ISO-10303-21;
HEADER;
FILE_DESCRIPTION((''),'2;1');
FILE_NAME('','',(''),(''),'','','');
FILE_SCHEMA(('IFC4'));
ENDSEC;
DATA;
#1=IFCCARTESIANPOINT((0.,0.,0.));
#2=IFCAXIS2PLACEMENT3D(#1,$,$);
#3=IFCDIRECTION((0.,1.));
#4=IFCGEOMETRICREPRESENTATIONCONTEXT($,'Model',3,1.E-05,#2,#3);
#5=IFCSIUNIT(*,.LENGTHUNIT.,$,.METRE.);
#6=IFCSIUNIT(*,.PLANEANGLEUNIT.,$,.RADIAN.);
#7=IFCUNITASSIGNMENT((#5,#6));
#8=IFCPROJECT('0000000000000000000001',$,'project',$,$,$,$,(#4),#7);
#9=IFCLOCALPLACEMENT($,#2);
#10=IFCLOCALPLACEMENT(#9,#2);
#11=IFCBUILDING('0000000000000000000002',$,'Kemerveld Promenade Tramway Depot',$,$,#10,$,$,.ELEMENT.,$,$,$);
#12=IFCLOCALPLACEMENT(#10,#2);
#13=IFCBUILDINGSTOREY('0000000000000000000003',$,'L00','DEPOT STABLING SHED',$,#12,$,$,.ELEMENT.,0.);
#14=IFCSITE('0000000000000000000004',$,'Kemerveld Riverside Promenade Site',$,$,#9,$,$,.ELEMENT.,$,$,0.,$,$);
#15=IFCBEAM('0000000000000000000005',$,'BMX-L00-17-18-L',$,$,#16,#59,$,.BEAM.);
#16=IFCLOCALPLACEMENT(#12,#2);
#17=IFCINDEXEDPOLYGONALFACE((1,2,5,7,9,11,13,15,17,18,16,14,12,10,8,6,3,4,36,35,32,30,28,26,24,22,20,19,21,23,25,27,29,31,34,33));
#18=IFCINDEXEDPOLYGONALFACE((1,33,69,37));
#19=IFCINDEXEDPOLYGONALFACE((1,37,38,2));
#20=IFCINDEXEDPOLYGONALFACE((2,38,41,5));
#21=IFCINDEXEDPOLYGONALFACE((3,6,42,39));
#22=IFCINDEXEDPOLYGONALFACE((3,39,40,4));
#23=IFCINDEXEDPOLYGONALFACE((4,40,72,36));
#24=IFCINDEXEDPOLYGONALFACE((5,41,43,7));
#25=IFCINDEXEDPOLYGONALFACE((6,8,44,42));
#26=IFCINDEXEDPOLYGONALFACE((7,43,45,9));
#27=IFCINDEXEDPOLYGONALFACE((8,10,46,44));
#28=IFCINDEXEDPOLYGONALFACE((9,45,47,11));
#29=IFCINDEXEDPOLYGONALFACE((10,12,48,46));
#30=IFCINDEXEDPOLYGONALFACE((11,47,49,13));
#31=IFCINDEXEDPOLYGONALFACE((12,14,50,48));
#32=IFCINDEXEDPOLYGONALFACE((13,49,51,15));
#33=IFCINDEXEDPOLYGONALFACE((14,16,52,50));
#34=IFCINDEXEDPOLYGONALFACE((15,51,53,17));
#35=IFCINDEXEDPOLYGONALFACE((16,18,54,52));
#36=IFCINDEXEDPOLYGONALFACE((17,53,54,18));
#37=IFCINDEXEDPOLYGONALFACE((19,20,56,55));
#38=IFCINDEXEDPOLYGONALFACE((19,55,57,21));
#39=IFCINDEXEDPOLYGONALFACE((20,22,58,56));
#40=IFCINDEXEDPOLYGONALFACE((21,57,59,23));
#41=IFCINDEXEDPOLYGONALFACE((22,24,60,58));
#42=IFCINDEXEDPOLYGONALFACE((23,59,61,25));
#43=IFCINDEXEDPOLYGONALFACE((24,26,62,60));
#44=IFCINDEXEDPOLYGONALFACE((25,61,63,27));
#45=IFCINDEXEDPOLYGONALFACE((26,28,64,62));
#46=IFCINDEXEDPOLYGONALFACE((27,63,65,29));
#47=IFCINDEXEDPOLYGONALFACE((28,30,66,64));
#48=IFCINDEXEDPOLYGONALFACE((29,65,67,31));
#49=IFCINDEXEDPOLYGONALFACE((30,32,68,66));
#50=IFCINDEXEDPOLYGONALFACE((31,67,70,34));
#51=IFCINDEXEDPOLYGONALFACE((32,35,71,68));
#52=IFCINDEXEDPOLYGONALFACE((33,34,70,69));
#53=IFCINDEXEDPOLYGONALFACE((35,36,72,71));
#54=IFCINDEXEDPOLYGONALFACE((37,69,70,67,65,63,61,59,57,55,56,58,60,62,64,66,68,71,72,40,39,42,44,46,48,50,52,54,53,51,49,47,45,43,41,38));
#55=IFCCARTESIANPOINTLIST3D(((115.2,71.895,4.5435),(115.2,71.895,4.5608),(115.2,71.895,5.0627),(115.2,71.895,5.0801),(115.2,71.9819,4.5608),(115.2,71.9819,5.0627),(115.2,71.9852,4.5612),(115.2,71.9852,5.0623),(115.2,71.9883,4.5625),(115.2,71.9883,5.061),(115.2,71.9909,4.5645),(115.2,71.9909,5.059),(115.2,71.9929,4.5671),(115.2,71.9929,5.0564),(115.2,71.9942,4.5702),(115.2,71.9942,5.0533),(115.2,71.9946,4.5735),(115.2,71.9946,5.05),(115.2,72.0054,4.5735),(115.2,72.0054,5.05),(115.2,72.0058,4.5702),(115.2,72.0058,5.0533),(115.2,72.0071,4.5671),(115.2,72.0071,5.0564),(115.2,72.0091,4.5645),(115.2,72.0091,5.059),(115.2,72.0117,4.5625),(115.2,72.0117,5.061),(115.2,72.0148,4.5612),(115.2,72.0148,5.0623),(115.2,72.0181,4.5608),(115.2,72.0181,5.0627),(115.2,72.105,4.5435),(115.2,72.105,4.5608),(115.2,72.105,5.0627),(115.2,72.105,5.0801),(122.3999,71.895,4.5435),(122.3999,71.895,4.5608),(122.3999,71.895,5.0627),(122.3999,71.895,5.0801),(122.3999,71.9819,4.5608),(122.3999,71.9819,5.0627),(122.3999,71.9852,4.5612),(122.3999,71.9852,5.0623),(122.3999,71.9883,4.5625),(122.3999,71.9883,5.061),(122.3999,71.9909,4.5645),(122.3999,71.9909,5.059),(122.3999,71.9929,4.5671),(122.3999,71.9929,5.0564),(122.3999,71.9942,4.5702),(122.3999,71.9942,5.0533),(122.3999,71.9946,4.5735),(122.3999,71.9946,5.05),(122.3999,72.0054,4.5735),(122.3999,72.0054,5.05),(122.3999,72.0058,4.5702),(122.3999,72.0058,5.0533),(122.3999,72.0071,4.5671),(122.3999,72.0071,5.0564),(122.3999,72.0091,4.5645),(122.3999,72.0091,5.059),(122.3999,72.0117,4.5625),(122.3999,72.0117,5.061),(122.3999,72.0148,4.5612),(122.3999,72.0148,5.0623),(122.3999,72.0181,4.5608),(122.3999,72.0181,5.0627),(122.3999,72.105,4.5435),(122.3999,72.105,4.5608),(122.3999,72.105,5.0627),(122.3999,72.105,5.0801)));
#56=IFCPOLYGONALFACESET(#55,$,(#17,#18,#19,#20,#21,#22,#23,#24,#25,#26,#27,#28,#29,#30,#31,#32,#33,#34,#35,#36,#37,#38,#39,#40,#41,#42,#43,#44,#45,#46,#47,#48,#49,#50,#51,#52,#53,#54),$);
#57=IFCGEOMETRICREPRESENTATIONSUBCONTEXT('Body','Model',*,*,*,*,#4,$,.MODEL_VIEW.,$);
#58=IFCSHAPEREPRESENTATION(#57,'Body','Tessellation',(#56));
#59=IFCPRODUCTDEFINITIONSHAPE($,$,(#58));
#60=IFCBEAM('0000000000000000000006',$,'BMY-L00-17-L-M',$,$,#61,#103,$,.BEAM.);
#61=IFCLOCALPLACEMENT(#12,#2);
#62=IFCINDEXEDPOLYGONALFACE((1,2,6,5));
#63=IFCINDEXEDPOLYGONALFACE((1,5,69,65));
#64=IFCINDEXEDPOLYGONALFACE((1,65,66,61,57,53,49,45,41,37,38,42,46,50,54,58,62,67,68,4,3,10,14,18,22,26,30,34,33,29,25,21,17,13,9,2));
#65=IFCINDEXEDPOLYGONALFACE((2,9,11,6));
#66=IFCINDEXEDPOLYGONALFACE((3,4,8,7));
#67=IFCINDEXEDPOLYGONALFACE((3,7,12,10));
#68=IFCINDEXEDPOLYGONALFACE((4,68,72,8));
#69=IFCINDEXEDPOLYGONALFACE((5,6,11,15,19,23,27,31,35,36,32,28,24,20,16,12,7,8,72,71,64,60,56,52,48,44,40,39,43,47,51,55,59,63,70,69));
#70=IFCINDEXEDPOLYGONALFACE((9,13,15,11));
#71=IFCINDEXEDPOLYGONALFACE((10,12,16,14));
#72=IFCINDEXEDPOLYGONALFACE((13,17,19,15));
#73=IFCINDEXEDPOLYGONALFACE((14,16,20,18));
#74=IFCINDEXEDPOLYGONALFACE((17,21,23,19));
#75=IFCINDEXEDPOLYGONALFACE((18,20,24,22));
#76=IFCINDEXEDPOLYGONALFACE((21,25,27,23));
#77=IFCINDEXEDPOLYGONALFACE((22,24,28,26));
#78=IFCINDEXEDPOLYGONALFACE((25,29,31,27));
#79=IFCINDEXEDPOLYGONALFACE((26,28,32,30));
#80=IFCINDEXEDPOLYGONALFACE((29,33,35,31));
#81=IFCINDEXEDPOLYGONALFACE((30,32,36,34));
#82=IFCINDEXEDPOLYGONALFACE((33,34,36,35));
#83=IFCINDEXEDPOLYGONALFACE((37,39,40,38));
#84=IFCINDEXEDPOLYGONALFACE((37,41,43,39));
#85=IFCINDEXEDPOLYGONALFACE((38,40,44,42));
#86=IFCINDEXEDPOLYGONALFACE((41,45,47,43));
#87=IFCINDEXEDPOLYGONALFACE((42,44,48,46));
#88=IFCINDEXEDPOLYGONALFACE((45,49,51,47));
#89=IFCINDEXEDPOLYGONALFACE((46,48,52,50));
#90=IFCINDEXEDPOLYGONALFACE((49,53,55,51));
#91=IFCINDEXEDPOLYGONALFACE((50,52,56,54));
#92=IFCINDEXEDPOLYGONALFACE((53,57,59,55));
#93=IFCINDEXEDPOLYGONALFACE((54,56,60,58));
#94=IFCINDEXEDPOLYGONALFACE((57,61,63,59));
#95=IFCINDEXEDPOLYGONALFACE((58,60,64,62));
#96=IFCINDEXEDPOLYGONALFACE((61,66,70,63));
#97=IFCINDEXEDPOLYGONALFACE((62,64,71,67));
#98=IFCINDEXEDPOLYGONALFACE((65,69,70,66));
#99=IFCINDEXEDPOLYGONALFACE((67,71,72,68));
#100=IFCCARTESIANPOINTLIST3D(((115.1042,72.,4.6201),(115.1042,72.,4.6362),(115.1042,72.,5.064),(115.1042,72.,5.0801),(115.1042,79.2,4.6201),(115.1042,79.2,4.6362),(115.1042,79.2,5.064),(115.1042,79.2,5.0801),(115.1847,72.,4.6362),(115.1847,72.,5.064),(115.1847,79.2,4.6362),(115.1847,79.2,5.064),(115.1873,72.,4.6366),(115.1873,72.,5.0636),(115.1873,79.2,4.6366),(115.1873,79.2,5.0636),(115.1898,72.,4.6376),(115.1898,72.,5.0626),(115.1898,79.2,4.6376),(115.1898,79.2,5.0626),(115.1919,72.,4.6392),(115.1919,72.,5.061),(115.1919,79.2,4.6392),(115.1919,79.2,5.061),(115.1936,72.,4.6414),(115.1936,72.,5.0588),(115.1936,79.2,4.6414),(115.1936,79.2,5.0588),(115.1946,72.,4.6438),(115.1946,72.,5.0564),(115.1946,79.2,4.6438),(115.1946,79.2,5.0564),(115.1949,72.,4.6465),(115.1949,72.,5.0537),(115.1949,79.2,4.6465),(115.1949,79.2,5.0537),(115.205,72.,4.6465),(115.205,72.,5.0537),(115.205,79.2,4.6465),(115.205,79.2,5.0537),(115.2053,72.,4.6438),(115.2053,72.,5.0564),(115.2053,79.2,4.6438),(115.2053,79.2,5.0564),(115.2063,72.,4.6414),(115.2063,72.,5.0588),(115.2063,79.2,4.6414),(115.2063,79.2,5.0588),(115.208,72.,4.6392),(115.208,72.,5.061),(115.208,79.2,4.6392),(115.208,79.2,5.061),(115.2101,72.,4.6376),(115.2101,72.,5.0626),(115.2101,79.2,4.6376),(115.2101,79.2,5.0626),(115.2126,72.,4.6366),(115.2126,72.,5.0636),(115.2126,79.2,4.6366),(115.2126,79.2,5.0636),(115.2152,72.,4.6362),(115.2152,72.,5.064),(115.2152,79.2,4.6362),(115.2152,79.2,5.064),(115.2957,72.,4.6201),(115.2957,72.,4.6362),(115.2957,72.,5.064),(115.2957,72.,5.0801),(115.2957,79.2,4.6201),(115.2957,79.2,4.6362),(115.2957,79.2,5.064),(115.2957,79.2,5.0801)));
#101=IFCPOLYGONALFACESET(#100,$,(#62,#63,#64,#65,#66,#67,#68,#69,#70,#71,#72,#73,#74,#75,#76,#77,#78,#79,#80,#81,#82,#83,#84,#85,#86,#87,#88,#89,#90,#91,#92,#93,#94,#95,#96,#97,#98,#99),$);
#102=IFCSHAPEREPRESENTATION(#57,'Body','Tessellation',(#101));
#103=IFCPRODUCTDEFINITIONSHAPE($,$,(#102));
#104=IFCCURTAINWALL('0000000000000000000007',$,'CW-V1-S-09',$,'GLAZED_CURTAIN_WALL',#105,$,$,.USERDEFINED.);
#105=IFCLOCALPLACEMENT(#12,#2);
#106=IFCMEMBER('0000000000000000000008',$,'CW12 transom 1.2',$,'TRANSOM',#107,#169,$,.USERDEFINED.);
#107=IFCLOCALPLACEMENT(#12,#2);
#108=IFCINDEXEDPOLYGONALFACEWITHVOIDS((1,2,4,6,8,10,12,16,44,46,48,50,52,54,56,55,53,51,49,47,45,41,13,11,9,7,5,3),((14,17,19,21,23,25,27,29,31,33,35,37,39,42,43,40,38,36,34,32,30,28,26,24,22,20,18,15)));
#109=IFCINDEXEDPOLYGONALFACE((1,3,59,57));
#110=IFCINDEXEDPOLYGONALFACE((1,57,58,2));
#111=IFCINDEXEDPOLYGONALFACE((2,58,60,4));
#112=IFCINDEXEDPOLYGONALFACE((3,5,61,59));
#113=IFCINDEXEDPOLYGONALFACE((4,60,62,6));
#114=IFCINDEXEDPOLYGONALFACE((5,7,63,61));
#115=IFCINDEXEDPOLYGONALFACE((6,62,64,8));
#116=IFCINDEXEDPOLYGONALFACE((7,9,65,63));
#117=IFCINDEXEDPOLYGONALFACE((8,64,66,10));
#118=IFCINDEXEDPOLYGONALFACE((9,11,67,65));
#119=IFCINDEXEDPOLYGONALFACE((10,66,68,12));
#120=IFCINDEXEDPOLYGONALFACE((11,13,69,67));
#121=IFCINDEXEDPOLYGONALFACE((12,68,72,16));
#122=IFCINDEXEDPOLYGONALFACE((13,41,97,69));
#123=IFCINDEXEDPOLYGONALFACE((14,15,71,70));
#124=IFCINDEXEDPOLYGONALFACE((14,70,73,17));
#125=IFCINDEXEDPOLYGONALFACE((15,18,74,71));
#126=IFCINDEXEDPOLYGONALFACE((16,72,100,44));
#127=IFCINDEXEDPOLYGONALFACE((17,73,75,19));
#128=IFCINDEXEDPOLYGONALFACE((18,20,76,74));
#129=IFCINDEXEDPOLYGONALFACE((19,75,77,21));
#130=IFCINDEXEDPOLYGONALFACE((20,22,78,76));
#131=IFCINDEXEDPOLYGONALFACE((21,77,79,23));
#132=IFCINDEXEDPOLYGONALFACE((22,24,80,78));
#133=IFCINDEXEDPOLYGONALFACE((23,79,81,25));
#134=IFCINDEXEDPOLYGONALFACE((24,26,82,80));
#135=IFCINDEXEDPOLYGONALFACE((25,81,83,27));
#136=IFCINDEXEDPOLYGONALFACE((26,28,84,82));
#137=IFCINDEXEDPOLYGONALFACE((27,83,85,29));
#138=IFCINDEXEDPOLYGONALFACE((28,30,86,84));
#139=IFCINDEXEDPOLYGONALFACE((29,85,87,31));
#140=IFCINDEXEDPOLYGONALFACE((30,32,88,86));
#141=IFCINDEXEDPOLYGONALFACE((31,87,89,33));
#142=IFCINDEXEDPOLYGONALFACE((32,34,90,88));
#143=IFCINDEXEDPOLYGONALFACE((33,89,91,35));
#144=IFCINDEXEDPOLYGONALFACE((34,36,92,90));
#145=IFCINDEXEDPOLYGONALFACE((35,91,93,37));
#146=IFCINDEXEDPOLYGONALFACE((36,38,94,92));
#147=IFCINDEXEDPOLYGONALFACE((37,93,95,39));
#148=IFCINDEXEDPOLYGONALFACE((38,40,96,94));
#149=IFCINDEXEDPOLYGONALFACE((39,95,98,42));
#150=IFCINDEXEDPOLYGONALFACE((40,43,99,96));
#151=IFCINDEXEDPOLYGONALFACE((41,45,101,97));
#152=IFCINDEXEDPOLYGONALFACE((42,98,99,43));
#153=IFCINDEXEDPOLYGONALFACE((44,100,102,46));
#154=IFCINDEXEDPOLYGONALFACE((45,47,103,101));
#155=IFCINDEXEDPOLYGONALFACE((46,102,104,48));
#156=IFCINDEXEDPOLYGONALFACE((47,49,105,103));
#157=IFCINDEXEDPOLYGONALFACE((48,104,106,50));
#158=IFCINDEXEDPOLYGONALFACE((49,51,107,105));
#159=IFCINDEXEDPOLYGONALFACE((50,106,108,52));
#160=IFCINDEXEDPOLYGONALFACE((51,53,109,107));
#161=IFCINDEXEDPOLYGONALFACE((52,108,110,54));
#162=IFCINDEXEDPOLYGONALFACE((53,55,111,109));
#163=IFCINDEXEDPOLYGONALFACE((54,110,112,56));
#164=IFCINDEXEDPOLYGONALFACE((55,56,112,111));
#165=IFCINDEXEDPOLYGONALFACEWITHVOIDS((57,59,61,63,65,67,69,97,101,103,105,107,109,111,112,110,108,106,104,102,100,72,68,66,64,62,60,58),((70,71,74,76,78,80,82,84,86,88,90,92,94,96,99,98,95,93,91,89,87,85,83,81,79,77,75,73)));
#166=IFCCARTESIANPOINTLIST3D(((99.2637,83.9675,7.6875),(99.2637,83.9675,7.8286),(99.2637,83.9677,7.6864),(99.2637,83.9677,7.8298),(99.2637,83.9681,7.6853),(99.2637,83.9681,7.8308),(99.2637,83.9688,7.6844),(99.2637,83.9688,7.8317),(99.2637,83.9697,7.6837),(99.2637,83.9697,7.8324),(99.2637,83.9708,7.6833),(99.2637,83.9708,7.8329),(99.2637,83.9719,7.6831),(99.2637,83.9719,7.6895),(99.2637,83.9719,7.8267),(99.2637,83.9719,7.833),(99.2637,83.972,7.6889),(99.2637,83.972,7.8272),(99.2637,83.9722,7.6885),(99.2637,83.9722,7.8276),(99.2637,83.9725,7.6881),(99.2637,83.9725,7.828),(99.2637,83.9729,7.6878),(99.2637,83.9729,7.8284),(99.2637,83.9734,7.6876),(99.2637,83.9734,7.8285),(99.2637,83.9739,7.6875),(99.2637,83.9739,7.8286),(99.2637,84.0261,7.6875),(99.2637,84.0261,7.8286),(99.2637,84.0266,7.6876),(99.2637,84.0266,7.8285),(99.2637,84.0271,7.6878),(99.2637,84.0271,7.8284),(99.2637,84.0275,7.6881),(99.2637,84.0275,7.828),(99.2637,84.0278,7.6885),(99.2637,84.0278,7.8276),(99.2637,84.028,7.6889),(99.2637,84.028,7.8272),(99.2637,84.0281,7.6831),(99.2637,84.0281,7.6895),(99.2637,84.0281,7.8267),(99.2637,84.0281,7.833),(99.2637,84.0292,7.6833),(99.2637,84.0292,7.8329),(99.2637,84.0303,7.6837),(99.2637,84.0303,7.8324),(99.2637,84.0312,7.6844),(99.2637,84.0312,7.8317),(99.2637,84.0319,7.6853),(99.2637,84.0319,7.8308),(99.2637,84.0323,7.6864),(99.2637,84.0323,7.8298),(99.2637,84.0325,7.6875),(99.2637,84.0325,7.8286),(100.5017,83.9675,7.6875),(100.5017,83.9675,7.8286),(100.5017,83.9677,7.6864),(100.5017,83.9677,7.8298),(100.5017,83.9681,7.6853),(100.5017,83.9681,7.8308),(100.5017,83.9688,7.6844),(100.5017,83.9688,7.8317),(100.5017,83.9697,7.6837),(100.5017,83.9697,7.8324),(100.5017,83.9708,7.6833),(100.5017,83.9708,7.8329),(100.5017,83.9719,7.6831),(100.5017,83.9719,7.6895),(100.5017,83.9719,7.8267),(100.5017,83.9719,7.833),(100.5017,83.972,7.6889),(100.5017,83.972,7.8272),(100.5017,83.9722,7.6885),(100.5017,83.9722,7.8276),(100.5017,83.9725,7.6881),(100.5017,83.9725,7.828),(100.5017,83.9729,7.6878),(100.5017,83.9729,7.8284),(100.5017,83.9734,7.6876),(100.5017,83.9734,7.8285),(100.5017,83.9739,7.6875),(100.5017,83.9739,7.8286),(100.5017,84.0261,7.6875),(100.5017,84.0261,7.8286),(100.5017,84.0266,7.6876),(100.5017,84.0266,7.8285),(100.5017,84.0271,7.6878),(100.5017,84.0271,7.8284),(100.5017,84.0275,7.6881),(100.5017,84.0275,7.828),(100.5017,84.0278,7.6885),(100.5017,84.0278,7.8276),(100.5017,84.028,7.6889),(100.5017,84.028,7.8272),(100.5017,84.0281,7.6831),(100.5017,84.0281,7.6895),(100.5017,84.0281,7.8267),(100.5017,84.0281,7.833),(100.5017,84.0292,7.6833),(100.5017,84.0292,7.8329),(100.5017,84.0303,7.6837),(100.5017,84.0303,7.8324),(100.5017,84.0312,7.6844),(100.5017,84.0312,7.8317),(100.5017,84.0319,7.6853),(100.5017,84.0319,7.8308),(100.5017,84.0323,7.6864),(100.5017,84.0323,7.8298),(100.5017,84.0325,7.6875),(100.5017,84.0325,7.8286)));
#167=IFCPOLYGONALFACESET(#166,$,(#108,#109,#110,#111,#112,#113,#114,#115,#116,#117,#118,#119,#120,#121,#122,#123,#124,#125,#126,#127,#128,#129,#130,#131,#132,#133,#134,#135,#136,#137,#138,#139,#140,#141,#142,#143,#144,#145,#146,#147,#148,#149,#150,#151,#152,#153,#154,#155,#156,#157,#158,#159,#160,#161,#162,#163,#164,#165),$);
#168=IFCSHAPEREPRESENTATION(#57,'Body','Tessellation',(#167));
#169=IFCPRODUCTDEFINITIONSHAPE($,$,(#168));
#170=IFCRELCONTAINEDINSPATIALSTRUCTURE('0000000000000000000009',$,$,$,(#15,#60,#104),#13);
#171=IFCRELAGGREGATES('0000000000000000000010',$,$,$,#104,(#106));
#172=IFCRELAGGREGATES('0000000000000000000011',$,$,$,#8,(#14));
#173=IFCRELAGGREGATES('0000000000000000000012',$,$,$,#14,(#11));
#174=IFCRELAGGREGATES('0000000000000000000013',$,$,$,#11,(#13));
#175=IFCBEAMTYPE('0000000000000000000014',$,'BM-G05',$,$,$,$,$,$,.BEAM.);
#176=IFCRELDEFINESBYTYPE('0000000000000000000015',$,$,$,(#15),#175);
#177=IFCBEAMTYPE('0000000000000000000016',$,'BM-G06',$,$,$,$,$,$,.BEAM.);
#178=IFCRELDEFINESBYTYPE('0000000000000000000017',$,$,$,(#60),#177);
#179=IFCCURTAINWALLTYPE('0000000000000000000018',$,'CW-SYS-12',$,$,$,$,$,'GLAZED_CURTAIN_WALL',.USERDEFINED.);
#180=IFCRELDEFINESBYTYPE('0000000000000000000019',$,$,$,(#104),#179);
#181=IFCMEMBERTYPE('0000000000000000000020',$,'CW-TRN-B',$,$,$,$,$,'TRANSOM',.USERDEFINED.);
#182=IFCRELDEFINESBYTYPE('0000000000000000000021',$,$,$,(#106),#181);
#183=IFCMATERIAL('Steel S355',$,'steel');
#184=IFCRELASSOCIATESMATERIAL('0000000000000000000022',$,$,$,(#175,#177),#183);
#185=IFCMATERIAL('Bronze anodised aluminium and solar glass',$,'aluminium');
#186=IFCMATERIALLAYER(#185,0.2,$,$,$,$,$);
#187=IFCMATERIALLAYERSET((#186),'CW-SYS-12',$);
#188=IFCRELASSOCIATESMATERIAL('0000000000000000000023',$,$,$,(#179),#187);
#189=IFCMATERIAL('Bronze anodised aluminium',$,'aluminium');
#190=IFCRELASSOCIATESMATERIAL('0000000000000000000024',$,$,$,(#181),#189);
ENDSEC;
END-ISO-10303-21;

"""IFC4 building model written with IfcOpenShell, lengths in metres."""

from ifc_helpers import new_model, si_unit, direction, frame, origin, origin_2d, place, context, subcontext, project, spatial, hollow_rectangle, i_section, extrude, material, layer, layer_set, material_profile, profile_set, type_object, element, aggregate, save


model = new_model("IFC4")

# Units and contexts
model_context = context("Model", 3, precision=1e-05, world=origin(), true_north=direction((0.0, 1.0)))
body_context = subcontext(model_context, "Body", "Model", "MODEL_VIEW")
ifc_project = project(units=[si_unit("LENGTHUNIT", "METRE"), si_unit("PLANEANGLEUNIT", "RADIAN")], contexts=[model_context])

# Site, building, storey
site_placement = place(None, origin())
site = spatial("IfcSite", under=ifc_project, at=site_placement, Name="Kemerveld Riverside Promenade Site", CompositionType="ELEMENT", RefElevation=0.0)
building_placement = place(site_placement, origin())
building = spatial("IfcBuilding", under=site, at=building_placement, Name="Kemerveld Promenade Tramway Depot", CompositionType="ELEMENT")
storey_placement = place(building_placement, origin())
storey = spatial("IfcBuildingStorey", under=building, at=storey_placement, Name="L00", Description="DEPOT STABLING SHED", CompositionType="ELEMENT", Elevation=0.0)

# Beams
ifc_material_1 = material(Name="Steel S355", Category="steel")
ifc_material_profile_1 = material_profile(ifc_material_1, i_section(OverallWidth=0.21, OverallDepth=0.5366, WebThickness=0.0107, FlangeThickness=0.0173, FilletRadius=0.0127, at=origin_2d()), Name="533x210x101 UB")
ifc_profile_set_1 = profile_set([ifc_material_profile_1], Name="Steel S355")
beam_type_1 = type_object("IfcBeamType", Name="BM-G05", PredefinedType="BEAM", material=ifc_profile_set_1)
beam_1_placement = place(storey_placement, frame((115.2, 72.0, 4.8118), z_axis=(1.0, 0.0, 0.0), x_axis=(0.0, 1.0, 0.0)))
element("IfcBeam", 1, at=beam_1_placement, inside=storey, type_object=beam_type_1, Name="BMX-L00-17-18-L", PredefinedType="BEAM", context=body_context, shape_type="SweptSolid", body=[
    extrude(i_section(OverallWidth=0.21, OverallDepth=0.5366, WebThickness=0.0107, FlangeThickness=0.0173, FilletRadius=0.0127, at=origin_2d()), origin(), (0.0, 0.0, 1.0), 7.2),
])
ifc_material_profile_2 = material_profile(ifc_material_1, i_section(OverallWidth=0.1914, OverallDepth=0.46, WebThickness=0.01, FlangeThickness=0.0161, FilletRadius=0.0103, at=origin_2d()), Name="457x191x82 UB")
ifc_profile_set_2 = profile_set([ifc_material_profile_2], Name="Steel S355")
beam_type_2 = type_object("IfcBeamType", Name="BM-G06", PredefinedType="BEAM", material=ifc_profile_set_2)
beam_2_placement = place(storey_placement, frame((115.2, 72.0, 4.8501), z_axis=(0.0, 1.0, 0.0), x_axis=(-1.0, 0.0, 0.0)))
element("IfcBeam", 2, at=beam_2_placement, inside=storey, type_object=beam_type_2, Name="BMY-L00-17-L-M", PredefinedType="BEAM", context=body_context, shape_type="SweptSolid", body=[
    extrude(i_section(OverallWidth=0.1914, OverallDepth=0.46, WebThickness=0.01, FlangeThickness=0.0161, FilletRadius=0.0103, at=origin_2d()), origin(), (0.0, 0.0, 1.0), 7.2),
])

# Curtain wall, member
ifc_material_2 = material(Name="Bronze anodised aluminium and solar glass", Category="aluminium")
ifc_layer_1 = layer(ifc_material_2, 0.2)
ifc_layer_set_1 = layer_set([ifc_layer_1], Name="CW-SYS-12")
curtain_wall_type = type_object("IfcCurtainWallType", Name="CW-SYS-12", ElementType="GLAZED_CURTAIN_WALL", PredefinedType="USERDEFINED", material=ifc_layer_set_1)
curtain_wall_placement = place(storey_placement, origin())
curtain_wall = element("IfcCurtainWall", 3, at=curtain_wall_placement, inside=storey, type_object=curtain_wall_type, Name="CW-V1-S-09", ObjectType="GLAZED_CURTAIN_WALL", PredefinedType="USERDEFINED")
ifc_material_3 = material(Name="Bronze anodised aluminium", Category="aluminium")
ifc_material_profile_3 = material_profile(ifc_material_3, hollow_rectangle(XDim=0.0649, YDim=0.1499, WallThickness=0.0044, InnerFilletRadius=0.002, OuterFilletRadius=0.0044, at=origin_2d()), Name="CW-TRN-150x65")
ifc_profile_set_3 = profile_set([ifc_material_profile_3], Name="Bronze anodised aluminium")
member_type = type_object("IfcMemberType", Name="CW-TRN-B", ElementType="TRANSOM", PredefinedType="USERDEFINED", material=ifc_profile_set_3)
member_1_placement = place(storey_placement, frame((100.5017, 84.0, 7.7581), z_axis=(-1.0, 0.0, 0.0), x_axis=(0.0, -1.0, 0.0)))
member_1 = element("IfcMember", 4, at=member_1_placement, type_object=member_type, Name="CW12 transom 1.2", ObjectType="TRANSOM", PredefinedType="USERDEFINED", context=body_context, shape_type="SweptSolid", body=[
    extrude(hollow_rectangle(XDim=0.0649, YDim=0.1499, WallThickness=0.0044, InnerFilletRadius=0.002, OuterFilletRadius=0.0044, at=origin_2d()), origin(), (0.0, 0.0, 1.0), 1.238),
])
aggregate(curtain_wall, [member_1])

save(model, "model.ifc")
